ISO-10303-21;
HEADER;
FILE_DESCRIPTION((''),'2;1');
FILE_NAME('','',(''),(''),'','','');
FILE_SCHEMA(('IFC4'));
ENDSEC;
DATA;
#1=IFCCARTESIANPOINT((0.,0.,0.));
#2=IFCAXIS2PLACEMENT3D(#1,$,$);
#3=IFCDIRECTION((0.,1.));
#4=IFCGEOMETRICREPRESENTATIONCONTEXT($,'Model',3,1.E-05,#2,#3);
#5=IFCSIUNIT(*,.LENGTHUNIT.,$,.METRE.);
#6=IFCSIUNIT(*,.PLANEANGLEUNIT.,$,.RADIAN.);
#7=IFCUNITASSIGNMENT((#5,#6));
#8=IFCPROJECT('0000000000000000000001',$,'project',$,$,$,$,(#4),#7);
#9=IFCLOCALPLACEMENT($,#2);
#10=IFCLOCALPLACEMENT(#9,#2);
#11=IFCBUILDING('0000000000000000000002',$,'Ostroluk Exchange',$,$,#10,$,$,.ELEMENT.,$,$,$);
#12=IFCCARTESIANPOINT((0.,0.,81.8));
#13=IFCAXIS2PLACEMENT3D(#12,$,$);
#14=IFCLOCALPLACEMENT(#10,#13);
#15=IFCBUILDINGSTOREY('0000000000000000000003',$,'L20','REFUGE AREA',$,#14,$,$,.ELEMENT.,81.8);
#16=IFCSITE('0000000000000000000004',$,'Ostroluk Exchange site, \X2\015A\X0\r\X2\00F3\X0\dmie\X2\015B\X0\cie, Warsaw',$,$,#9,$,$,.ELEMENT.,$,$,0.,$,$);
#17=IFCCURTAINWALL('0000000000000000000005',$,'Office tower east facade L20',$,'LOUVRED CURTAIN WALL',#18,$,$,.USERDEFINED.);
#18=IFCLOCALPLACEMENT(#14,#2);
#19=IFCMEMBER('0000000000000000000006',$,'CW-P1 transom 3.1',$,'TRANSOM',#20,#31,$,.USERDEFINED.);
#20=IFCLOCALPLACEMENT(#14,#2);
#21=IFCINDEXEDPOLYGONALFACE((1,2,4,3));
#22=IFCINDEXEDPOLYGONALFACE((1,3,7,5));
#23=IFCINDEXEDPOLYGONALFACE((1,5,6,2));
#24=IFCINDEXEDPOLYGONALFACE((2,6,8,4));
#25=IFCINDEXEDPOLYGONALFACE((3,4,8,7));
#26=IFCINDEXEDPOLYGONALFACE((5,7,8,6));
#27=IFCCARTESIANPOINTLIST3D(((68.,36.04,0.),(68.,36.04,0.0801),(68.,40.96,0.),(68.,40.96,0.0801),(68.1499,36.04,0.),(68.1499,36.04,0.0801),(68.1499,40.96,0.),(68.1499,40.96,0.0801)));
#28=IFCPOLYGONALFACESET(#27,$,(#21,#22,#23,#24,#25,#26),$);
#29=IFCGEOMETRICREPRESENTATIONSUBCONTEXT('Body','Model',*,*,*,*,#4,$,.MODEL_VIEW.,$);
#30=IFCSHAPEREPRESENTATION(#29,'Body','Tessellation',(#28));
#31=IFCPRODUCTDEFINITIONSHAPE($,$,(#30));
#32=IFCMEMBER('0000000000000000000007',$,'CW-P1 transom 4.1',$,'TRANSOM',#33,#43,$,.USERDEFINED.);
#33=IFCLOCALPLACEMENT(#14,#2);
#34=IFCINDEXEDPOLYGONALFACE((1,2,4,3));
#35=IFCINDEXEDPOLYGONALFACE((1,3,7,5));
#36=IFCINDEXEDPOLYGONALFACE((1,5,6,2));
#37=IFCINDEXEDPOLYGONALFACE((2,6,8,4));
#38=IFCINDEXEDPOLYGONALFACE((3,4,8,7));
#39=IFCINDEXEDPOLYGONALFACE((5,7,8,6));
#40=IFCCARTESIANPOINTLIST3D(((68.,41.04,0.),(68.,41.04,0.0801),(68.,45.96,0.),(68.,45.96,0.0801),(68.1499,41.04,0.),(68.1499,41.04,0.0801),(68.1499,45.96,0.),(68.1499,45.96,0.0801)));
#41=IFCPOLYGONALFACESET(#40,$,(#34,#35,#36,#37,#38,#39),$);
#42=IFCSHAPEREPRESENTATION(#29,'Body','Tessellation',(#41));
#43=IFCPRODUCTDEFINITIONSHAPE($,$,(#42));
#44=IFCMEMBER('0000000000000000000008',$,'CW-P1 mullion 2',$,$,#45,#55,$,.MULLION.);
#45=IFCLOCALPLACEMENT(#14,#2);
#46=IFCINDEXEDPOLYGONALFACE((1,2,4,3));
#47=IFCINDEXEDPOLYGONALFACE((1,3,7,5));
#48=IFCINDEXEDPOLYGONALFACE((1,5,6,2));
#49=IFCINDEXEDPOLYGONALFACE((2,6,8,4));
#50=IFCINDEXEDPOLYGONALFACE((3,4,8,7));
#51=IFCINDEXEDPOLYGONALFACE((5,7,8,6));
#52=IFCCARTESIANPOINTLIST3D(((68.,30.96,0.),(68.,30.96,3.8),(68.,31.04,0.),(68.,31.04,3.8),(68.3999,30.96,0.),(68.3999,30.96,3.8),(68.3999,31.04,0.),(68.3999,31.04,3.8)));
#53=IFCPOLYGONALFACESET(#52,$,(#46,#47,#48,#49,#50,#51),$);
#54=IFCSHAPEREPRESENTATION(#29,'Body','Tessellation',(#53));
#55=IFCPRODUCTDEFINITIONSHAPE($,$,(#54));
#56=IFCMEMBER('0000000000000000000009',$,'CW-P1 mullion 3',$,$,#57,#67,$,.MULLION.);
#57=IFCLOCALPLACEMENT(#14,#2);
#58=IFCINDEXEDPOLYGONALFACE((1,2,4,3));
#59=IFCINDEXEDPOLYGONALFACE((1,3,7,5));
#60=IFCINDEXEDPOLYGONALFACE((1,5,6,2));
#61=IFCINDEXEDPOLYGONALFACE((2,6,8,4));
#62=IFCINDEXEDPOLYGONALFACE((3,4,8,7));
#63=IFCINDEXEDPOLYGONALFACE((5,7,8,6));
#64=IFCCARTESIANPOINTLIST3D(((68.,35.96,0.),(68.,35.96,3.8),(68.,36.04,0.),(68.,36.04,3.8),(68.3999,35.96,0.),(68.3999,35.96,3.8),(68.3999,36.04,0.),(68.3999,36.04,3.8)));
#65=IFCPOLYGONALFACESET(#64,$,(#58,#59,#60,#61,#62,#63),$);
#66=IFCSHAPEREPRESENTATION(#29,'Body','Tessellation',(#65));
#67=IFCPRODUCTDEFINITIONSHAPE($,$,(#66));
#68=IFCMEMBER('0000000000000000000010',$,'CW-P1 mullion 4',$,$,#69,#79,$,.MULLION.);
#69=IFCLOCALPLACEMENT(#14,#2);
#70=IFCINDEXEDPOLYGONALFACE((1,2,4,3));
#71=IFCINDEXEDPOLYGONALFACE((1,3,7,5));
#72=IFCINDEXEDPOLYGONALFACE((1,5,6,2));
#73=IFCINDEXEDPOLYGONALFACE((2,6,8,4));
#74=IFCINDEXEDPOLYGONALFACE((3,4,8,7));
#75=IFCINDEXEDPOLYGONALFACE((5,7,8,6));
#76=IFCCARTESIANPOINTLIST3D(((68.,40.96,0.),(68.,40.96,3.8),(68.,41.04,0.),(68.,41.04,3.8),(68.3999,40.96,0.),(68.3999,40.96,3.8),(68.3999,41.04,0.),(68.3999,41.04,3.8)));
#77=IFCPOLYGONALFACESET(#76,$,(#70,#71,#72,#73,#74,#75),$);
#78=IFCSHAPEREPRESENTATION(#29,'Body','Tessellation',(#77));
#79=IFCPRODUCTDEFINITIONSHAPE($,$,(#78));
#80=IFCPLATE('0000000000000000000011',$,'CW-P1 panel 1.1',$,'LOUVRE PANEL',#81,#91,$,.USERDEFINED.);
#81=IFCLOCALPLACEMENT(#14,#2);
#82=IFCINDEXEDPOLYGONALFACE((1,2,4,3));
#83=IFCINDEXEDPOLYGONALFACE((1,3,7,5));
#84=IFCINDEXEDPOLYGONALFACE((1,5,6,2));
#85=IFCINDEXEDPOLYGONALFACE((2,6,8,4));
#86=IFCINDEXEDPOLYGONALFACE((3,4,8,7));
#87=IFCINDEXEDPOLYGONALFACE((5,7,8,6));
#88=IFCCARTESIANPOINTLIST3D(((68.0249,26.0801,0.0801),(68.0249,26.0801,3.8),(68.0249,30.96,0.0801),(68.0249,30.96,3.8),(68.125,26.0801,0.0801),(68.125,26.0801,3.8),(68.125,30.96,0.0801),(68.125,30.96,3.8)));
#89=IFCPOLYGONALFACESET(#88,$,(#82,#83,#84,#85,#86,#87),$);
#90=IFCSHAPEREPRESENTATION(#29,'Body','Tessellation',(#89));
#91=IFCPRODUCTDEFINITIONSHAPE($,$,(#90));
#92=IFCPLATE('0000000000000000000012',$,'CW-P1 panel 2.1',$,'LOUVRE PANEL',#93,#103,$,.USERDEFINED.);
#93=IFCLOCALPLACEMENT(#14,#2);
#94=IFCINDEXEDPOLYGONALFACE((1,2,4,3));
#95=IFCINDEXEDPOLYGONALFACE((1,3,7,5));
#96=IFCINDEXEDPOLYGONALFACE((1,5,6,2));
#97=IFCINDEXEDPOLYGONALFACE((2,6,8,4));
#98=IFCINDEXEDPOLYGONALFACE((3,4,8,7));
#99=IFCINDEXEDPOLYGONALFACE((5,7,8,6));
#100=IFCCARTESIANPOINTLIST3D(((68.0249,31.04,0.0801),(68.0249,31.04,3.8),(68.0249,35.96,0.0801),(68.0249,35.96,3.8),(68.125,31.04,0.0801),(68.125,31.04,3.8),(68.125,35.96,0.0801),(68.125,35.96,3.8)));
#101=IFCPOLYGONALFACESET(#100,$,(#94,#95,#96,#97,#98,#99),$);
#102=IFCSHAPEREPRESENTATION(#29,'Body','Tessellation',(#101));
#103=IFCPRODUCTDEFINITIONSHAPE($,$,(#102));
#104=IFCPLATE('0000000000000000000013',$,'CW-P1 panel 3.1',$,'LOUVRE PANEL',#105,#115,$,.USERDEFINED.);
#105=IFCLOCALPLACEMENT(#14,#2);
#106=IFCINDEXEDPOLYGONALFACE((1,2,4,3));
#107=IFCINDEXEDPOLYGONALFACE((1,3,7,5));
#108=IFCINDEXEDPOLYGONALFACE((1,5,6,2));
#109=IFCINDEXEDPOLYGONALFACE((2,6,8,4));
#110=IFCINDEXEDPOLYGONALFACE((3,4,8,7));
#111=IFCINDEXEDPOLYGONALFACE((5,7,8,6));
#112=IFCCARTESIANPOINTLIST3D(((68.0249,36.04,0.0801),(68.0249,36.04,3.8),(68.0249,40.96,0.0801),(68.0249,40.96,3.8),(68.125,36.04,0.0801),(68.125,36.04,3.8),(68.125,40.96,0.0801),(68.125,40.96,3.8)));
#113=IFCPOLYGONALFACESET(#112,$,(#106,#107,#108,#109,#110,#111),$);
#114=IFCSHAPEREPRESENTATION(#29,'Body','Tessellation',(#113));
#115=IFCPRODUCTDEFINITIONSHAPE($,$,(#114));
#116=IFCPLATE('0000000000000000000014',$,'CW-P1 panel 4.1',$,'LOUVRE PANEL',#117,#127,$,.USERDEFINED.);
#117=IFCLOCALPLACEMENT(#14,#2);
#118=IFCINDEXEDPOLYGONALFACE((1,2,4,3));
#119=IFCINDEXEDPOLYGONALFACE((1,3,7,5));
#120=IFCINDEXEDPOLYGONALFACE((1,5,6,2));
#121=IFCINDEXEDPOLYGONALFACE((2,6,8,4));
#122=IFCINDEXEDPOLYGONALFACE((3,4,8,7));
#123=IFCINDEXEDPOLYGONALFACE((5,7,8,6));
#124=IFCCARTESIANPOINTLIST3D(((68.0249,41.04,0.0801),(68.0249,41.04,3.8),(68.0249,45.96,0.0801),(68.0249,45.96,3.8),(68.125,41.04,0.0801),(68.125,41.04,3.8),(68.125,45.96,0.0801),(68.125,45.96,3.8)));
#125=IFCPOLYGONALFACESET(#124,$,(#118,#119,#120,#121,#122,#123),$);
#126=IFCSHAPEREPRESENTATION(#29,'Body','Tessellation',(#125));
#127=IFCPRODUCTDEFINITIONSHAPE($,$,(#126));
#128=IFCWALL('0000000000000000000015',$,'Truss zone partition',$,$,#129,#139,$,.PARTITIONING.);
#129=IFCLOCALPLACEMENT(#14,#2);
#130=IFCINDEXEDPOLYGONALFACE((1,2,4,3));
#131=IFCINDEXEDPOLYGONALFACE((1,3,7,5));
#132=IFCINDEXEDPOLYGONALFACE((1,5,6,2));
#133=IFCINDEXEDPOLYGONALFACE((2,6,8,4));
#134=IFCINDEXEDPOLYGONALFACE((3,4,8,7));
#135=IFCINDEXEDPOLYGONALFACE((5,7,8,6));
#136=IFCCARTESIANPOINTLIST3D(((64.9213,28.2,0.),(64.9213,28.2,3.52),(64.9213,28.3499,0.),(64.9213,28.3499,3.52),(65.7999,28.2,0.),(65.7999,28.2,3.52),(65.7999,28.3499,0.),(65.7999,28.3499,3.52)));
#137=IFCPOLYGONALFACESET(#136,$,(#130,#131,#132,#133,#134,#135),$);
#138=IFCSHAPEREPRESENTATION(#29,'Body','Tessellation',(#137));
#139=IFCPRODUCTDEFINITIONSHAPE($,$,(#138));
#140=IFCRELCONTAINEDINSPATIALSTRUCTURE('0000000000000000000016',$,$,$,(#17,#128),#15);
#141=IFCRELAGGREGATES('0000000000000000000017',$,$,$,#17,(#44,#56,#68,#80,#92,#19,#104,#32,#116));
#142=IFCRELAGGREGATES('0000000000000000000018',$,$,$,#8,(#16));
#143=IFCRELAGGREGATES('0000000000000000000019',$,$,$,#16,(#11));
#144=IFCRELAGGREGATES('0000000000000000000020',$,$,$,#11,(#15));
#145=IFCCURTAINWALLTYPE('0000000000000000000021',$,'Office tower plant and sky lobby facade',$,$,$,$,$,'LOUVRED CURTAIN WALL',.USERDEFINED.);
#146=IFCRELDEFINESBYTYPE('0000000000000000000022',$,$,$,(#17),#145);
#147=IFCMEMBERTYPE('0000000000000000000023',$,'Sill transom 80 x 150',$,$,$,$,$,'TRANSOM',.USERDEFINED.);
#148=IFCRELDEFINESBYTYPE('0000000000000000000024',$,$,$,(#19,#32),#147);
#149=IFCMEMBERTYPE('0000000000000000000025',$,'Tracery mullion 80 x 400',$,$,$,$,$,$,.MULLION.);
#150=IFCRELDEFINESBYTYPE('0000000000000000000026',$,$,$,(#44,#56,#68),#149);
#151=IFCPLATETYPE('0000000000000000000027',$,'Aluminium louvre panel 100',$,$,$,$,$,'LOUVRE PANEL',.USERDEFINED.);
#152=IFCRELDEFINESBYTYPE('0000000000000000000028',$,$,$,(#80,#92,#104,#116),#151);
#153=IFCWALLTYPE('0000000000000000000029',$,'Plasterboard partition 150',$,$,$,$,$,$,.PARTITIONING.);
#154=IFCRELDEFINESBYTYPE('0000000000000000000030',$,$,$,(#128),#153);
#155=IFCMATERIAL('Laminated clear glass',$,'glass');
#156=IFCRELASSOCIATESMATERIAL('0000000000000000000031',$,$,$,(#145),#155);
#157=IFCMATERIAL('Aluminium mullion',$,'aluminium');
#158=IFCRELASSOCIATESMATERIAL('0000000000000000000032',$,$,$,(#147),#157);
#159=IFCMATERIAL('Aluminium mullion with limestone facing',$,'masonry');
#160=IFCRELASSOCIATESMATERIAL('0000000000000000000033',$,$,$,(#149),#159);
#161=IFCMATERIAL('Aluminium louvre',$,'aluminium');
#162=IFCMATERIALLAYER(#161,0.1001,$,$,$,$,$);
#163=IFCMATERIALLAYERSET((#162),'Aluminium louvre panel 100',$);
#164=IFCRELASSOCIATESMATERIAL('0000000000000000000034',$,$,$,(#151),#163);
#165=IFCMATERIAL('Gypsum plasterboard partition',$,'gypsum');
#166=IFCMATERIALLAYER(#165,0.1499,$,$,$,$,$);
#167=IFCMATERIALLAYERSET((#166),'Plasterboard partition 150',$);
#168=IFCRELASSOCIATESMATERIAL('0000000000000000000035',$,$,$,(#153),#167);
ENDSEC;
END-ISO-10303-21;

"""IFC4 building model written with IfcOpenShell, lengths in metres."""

from ifc_helpers import new_model, si_unit, direction, frame, frame_2d, origin, origin_2d, place, context, subcontext, project, spatial, rectangle, extrude, material, layer, layer_set, material_profile, profile_set, type_object, element, aggregate, save


model = new_model("IFC4")

# Units and contexts
model_context = context("Model", 3, precision=1e-05, world=origin(), true_north=direction((0.0, 1.0)))
body_context = subcontext(model_context, "Body", "Model", "MODEL_VIEW")
ifc_project = project(units=[si_unit("LENGTHUNIT", "METRE"), si_unit("PLANEANGLEUNIT", "RADIAN")], contexts=[model_context])

# Site, building, storey
site_placement = place(None, origin())
site = spatial("IfcSite", under=ifc_project, at=site_placement, Name="Ostroluk Exchange site, Śródmieście, Warsaw", CompositionType="ELEMENT", RefElevation=0.0)
building_placement = place(site_placement, origin())
building = spatial("IfcBuilding", under=site, at=building_placement, Name="Ostroluk Exchange", CompositionType="ELEMENT")
storey_placement = place(building_placement, frame((0.0, 0.0, 81.8)))
storey = spatial("IfcBuildingStorey", under=building, at=storey_placement, Name="L20", Description="REFUGE AREA", CompositionType="ELEMENT", Elevation=81.8)

# Curtain wall, members, plates
ifc_material_1 = material(Name="Laminated clear glass", Category="glass")
curtain_wall_type = type_object("IfcCurtainWallType", Name="Office tower plant and sky lobby facade", ElementType="LOUVRED CURTAIN WALL", PredefinedType="USERDEFINED", material=ifc_material_1)
curtain_wall_placement = place(storey_placement, origin())
curtain_wall = element("IfcCurtainWall", 1, at=curtain_wall_placement, inside=storey, type_object=curtain_wall_type, Name="Office tower east facade L20", ObjectType="LOUVRED CURTAIN WALL", PredefinedType="USERDEFINED")
ifc_material_2 = material(Name="Aluminium mullion", Category="aluminium")
ifc_material_profile_1 = material_profile(ifc_material_2, rectangle(XDim=0.1499, YDim=0.0801, at=origin_2d()), Name="Sill transom 80 x 150")
ifc_profile_set_1 = profile_set([ifc_material_profile_1], Name="Aluminium mullion")
member_type_1 = type_object("IfcMemberType", Name="Sill transom 80 x 150", ElementType="TRANSOM", PredefinedType="USERDEFINED", material=ifc_profile_set_1)
member_1_placement = place(storey_placement, frame((68.075, 36.04, 0.04), z_axis=(0.0, 1.0, 0.0), x_axis=(-1.0, 0.0, 0.0)))
member_1 = element("IfcMember", 2, at=member_1_placement, type_object=member_type_1, Name="CW-P1 transom 3.1", ObjectType="TRANSOM", PredefinedType="USERDEFINED", context=body_context, shape_type="SweptSolid", body=[
    extrude(rectangle(XDim=0.1499, YDim=0.0801, at=origin_2d()), origin(), (0.0, 0.0, 1.0), 4.9199),
])
member_2_placement = place(storey_placement, frame((68.075, 41.04, 0.04), z_axis=(0.0, 1.0, 0.0), x_axis=(-1.0, 0.0, 0.0)))
member_2 = element("IfcMember", 3, at=member_2_placement, type_object=member_type_1, Name="CW-P1 transom 4.1", ObjectType="TRANSOM", PredefinedType="USERDEFINED", context=body_context, shape_type="SweptSolid", body=[
    extrude(rectangle(XDim=0.1499, YDim=0.0801, at=origin_2d()), origin(), (0.0, 0.0, 1.0), 4.9199),
])
ifc_material_3 = material(Name="Aluminium mullion with limestone facing", Category="masonry")
ifc_material_profile_2 = material_profile(ifc_material_3, rectangle(XDim=0.3999, YDim=0.0801, at=origin_2d()), Name="Tracery mullion 80 x 400")
ifc_profile_set_2 = profile_set([ifc_material_profile_2], Name="Aluminium mullion with limestone facing")
member_type_2 = type_object("IfcMemberType", Name="Tracery mullion 80 x 400", PredefinedType="MULLION", material=ifc_profile_set_2)
member_3_placement = place(storey_placement, frame((68.2, 31.0, 0.0), z_axis=(0.0, 0.0, 1.0), x_axis=(-1.0, 0.0, 0.0)))
member_3 = element("IfcMember", 4, at=member_3_placement, type_object=member_type_2, Name="CW-P1 mullion 2", PredefinedType="MULLION", context=body_context, shape_type="SweptSolid", body=[
    extrude(rectangle(XDim=0.3999, YDim=0.0801, at=origin_2d()), origin(), (0.0, 0.0, 1.0), 3.8),
])
member_4_placement = place(storey_placement, frame((68.2, 36.0, 0.0), z_axis=(0.0, 0.0, 1.0), x_axis=(-1.0, 0.0, 0.0)))
member_4 = element("IfcMember", 5, at=member_4_placement, type_object=member_type_2, Name="CW-P1 mullion 3", PredefinedType="MULLION", context=body_context, shape_type="SweptSolid", body=[
    extrude(rectangle(XDim=0.3999, YDim=0.0801, at=origin_2d()), origin(), (0.0, 0.0, 1.0), 3.8),
])
member_5_placement = place(storey_placement, frame((68.2, 41.0, 0.0), z_axis=(0.0, 0.0, 1.0), x_axis=(-1.0, 0.0, 0.0)))
member_5 = element("IfcMember", 6, at=member_5_placement, type_object=member_type_2, Name="CW-P1 mullion 4", PredefinedType="MULLION", context=body_context, shape_type="SweptSolid", body=[
    extrude(rectangle(XDim=0.3999, YDim=0.0801, at=origin_2d()), origin(), (0.0, 0.0, 1.0), 3.8),
])
ifc_material_4 = material(Name="Aluminium louvre", Category="aluminium")
ifc_layer_1 = layer(ifc_material_4, 0.1001)
ifc_layer_set_1 = layer_set([ifc_layer_1], Name="Aluminium louvre panel 100")
plate_type = type_object("IfcPlateType", Name="Aluminium louvre panel 100", ElementType="LOUVRE PANEL", PredefinedType="USERDEFINED", material=ifc_layer_set_1)
plate_1_placement = place(storey_placement, frame((68.075, 28.52, 0.0801), z_axis=(0.0, 0.0, 1.0), x_axis=(0.0, 1.0, 0.0)))
plate_1 = element("IfcPlate", 7, at=plate_1_placement, type_object=plate_type, Name="CW-P1 panel 1.1", ObjectType="LOUVRE PANEL", PredefinedType="USERDEFINED", context=body_context, shape_type="SweptSolid", body=[
    extrude(rectangle(XDim=4.8799, YDim=0.1001, at=origin_2d()), origin(), (0.0, 0.0, 1.0), 3.72),
])
plate_2_placement = place(storey_placement, frame((68.075, 33.5, 0.0801), z_axis=(0.0, 0.0, 1.0), x_axis=(0.0, 1.0, 0.0)))
plate_2 = element("IfcPlate", 8, at=plate_2_placement, type_object=plate_type, Name="CW-P1 panel 2.1", ObjectType="LOUVRE PANEL", PredefinedType="USERDEFINED", context=body_context, shape_type="SweptSolid", body=[
    extrude(rectangle(XDim=4.9199, YDim=0.1001, at=origin_2d()), origin(), (0.0, 0.0, 1.0), 3.72),
])
plate_3_placement = place(storey_placement, frame((68.075, 38.5, 0.0801), z_axis=(0.0, 0.0, 1.0), x_axis=(0.0, 1.0, 0.0)))
plate_3 = element("IfcPlate", 9, at=plate_3_placement, type_object=plate_type, Name="CW-P1 panel 3.1", ObjectType="LOUVRE PANEL", PredefinedType="USERDEFINED", context=body_context, shape_type="SweptSolid", body=[
    extrude(rectangle(XDim=4.9199, YDim=0.1001, at=origin_2d()), origin(), (0.0, 0.0, 1.0), 3.72),
])
plate_4_placement = place(storey_placement, frame((68.075, 43.5, 0.0801), z_axis=(0.0, 0.0, 1.0), x_axis=(0.0, 1.0, 0.0)))
plate_4 = element("IfcPlate", 10, at=plate_4_placement, type_object=plate_type, Name="CW-P1 panel 4.1", ObjectType="LOUVRE PANEL", PredefinedType="USERDEFINED", context=body_context, shape_type="SweptSolid", body=[
    extrude(rectangle(XDim=4.9199, YDim=0.1001, at=origin_2d()), origin(), (0.0, 0.0, 1.0), 3.72),
])
aggregate(curtain_wall, [member_3, member_4, member_5, plate_1, plate_2, member_1, plate_3, member_2, plate_4])

# Wall
ifc_material_5 = material(Name="Gypsum plasterboard partition", Category="gypsum")
ifc_layer_2 = layer(ifc_material_5, 0.1499)
ifc_layer_set_2 = layer_set([ifc_layer_2], Name="Plasterboard partition 150")
wall_type = type_object("IfcWallType", Name="Plasterboard partition 150", PredefinedType="PARTITIONING", material=ifc_layer_set_2)
wall_placement = place(storey_placement, frame((65.8, 28.2749, 0.0), z_axis=(0.0, 0.0, 1.0), x_axis=(-1.0, 0.0, 0.0)))
element("IfcWall", 11, at=wall_placement, inside=storey, type_object=wall_type, Name="Truss zone partition", PredefinedType="PARTITIONING", context=body_context, shape_type="SweptSolid", body=[
    extrude(rectangle(XDim=0.8787, YDim=0.1499, at=frame_2d((0.4395, 0.0))), origin(), (0.0, 0.0, 1.0), 3.52),
])

save(model, "model.ifc")
